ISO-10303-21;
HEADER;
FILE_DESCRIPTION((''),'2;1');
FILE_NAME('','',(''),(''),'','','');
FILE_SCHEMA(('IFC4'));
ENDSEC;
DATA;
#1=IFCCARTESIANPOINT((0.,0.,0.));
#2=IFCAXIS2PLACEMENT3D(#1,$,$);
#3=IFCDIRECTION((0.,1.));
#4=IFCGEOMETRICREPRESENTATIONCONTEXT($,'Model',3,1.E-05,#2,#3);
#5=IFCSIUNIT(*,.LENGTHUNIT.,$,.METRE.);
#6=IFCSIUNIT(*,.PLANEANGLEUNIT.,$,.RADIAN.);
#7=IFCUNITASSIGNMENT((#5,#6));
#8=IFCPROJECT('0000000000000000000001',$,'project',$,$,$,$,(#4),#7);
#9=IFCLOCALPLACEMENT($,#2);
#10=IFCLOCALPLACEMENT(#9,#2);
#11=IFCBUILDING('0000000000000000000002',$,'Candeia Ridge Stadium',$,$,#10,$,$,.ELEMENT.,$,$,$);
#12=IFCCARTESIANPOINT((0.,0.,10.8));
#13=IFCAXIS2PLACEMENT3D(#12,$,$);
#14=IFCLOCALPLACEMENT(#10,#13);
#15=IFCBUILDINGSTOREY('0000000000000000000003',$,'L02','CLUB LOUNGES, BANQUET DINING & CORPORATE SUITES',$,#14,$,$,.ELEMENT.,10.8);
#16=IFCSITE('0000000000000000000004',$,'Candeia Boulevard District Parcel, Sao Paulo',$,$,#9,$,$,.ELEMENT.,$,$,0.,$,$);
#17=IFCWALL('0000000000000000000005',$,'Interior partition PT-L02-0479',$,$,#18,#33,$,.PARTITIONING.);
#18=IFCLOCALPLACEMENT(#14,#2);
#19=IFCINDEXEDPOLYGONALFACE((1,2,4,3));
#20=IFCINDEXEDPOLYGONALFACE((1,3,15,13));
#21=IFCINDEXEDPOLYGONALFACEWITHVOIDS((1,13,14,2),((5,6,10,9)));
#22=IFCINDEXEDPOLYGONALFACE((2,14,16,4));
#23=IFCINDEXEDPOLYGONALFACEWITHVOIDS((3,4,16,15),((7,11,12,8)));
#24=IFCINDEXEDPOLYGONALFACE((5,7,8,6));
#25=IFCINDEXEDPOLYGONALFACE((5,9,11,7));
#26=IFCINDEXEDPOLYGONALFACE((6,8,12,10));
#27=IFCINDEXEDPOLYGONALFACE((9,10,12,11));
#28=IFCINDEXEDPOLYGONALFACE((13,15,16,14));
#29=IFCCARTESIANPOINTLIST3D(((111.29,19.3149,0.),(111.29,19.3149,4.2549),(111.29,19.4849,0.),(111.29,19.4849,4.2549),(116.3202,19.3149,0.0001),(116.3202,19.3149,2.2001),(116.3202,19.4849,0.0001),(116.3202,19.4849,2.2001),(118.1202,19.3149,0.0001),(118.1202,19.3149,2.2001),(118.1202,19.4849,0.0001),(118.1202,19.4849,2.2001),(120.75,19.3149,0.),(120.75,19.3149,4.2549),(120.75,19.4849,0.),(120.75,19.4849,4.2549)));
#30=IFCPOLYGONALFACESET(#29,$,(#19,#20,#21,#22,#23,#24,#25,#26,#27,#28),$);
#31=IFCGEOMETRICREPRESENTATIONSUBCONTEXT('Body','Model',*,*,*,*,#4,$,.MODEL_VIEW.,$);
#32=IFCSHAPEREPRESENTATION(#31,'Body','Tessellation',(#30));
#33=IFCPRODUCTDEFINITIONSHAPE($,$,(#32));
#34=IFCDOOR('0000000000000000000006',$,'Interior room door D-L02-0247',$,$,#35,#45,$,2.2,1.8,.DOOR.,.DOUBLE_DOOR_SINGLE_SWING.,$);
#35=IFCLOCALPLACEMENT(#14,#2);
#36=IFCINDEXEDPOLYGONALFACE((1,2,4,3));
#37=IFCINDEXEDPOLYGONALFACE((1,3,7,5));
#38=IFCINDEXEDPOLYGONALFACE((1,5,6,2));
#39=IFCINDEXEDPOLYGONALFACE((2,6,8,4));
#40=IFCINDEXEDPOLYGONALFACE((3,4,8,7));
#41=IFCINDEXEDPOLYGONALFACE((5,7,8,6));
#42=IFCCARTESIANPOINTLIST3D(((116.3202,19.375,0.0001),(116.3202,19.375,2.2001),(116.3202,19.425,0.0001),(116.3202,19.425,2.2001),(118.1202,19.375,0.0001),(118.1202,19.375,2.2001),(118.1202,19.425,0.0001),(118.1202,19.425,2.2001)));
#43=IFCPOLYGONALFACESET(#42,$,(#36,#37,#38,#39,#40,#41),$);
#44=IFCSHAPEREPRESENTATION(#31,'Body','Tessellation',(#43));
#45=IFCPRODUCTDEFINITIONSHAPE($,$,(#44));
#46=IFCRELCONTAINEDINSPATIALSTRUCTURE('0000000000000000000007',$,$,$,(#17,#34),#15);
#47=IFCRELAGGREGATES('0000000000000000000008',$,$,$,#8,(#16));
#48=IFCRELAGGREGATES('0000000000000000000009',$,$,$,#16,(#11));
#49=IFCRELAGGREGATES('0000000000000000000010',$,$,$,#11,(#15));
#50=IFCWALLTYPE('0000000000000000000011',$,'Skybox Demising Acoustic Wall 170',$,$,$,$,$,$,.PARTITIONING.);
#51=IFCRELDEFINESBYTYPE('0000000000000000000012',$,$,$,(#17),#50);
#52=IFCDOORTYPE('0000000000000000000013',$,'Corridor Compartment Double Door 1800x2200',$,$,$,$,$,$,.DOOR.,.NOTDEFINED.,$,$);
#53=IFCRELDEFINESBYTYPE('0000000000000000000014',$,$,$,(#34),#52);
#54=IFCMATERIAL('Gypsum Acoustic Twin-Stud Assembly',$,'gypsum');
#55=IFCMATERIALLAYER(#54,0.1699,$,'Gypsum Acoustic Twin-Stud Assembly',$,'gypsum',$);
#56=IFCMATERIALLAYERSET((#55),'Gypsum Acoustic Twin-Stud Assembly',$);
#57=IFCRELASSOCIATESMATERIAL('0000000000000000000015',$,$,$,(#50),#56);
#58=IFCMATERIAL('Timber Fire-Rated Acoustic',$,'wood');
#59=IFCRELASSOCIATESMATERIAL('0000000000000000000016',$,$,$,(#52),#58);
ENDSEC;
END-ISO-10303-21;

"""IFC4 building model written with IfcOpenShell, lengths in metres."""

from ifc_helpers import new_model, si_unit, direction, frame, frame_2d, origin, place, context, subcontext, project, spatial, rectangle, extrude, material, layer, layer_set, type_object, element, fill, save


model = new_model("IFC4")

# Units and contexts
model_context = context("Model", 3, precision=1e-05, world=origin(), true_north=direction((0.0, 1.0)))
body_context = subcontext(model_context, "Body", "Model", "MODEL_VIEW")
ifc_project = project(units=[si_unit("LENGTHUNIT", "METRE"), si_unit("PLANEANGLEUNIT", "RADIAN")], contexts=[model_context])

# Site, building, storey
site_placement = place(None, origin())
site = spatial("IfcSite", under=ifc_project, at=site_placement, Name="Candeia Boulevard District Parcel, Sao Paulo", CompositionType="ELEMENT", RefElevation=0.0)
building_placement = place(site_placement, origin())
building = spatial("IfcBuilding", under=site, at=building_placement, Name="Candeia Ridge Stadium", CompositionType="ELEMENT")
storey_placement = place(building_placement, frame((0.0, 0.0, 10.8)))
storey = spatial("IfcBuildingStorey", under=building, at=storey_placement, Name="L02", Description="CLUB LOUNGES, BANQUET DINING & CORPORATE SUITES", CompositionType="ELEMENT", Elevation=10.8)

# Shared definitions
ifc_material_1 = material(Name="Gypsum Acoustic Twin-Stud Assembly", Category="gypsum")
ifc_layer_1 = layer(ifc_material_1, 0.1699, Name="Gypsum Acoustic Twin-Stud Assembly", Category="gypsum")
ifc_layer_set_1 = layer_set([ifc_layer_1], Name="Gypsum Acoustic Twin-Stud Assembly")
wall_type_1 = type_object("IfcWallType", Name="Skybox Demising Acoustic Wall 170", PredefinedType="PARTITIONING", material=ifc_layer_set_1)

# Wall, opening, door
wall_1_placement = place(storey_placement, frame((120.75, 19.3999, 0.0), z_axis=(0.0, 0.0, 1.0), x_axis=(-1.0, 0.0, 0.0)))
wall_1 = element("IfcWall", 1, at=wall_1_placement, inside=storey, type_object=wall_type_1, Name="Interior partition PT-L02-0479", PredefinedType="PARTITIONING", context=body_context, shape_type="SweptSolid", body=[
    extrude(rectangle(XDim=9.46, YDim=0.1699, at=frame_2d((4.73, 0.0))), origin(), (0.0, 0.0, 1.0), 4.2549),
])
opening_1_placement = place(wall_1_placement, frame((2.6299, 0.0, 0.0)))
opening_1 = element("IfcOpeningElement", 2, at=opening_1_placement, cuts=wall_1, PredefinedType="OPENING", context=body_context, shape_type="SweptSolid", body=[
    extrude(rectangle(XDim=1.8, YDim=2.2, at=frame_2d((0.8999, 1.1001))), frame((0.0, 0.095, 0.0), z_axis=(0.0, -1.0, 0.0), x_axis=(1.0, 0.0, 0.0)), (0.0, 0.0, 1.0), 0.1899),
])
ifc_material_2 = material(Name="Timber Fire-Rated Acoustic", Category="wood")
door_type_1 = type_object("IfcDoorType", Name="Corridor Compartment Double Door 1800x2200", OperationType="NOTDEFINED", PredefinedType="DOOR", material=ifc_material_2)
door_1_placement = place(opening_1_placement, origin())
door_1 = element("IfcDoor", 3, at=door_1_placement, inside=storey, type_object=door_type_1, Name="Interior room door D-L02-0247", OperationType="DOUBLE_DOOR_SINGLE_SWING", OverallHeight=2.2, OverallWidth=1.8, PredefinedType="DOOR", context=body_context, shape_type="SweptSolid", body=[
    extrude(rectangle(XDim=1.8, YDim=2.2, at=frame_2d((0.8999, 1.1001))), frame((0.0, 0.0249, 0.0), z_axis=(0.0, -1.0, 0.0), x_axis=(1.0, 0.0, 0.0)), (0.0, 0.0, 1.0), 0.05),
])
fill(opening_1, door_1)

save(model, "model.ifc")
